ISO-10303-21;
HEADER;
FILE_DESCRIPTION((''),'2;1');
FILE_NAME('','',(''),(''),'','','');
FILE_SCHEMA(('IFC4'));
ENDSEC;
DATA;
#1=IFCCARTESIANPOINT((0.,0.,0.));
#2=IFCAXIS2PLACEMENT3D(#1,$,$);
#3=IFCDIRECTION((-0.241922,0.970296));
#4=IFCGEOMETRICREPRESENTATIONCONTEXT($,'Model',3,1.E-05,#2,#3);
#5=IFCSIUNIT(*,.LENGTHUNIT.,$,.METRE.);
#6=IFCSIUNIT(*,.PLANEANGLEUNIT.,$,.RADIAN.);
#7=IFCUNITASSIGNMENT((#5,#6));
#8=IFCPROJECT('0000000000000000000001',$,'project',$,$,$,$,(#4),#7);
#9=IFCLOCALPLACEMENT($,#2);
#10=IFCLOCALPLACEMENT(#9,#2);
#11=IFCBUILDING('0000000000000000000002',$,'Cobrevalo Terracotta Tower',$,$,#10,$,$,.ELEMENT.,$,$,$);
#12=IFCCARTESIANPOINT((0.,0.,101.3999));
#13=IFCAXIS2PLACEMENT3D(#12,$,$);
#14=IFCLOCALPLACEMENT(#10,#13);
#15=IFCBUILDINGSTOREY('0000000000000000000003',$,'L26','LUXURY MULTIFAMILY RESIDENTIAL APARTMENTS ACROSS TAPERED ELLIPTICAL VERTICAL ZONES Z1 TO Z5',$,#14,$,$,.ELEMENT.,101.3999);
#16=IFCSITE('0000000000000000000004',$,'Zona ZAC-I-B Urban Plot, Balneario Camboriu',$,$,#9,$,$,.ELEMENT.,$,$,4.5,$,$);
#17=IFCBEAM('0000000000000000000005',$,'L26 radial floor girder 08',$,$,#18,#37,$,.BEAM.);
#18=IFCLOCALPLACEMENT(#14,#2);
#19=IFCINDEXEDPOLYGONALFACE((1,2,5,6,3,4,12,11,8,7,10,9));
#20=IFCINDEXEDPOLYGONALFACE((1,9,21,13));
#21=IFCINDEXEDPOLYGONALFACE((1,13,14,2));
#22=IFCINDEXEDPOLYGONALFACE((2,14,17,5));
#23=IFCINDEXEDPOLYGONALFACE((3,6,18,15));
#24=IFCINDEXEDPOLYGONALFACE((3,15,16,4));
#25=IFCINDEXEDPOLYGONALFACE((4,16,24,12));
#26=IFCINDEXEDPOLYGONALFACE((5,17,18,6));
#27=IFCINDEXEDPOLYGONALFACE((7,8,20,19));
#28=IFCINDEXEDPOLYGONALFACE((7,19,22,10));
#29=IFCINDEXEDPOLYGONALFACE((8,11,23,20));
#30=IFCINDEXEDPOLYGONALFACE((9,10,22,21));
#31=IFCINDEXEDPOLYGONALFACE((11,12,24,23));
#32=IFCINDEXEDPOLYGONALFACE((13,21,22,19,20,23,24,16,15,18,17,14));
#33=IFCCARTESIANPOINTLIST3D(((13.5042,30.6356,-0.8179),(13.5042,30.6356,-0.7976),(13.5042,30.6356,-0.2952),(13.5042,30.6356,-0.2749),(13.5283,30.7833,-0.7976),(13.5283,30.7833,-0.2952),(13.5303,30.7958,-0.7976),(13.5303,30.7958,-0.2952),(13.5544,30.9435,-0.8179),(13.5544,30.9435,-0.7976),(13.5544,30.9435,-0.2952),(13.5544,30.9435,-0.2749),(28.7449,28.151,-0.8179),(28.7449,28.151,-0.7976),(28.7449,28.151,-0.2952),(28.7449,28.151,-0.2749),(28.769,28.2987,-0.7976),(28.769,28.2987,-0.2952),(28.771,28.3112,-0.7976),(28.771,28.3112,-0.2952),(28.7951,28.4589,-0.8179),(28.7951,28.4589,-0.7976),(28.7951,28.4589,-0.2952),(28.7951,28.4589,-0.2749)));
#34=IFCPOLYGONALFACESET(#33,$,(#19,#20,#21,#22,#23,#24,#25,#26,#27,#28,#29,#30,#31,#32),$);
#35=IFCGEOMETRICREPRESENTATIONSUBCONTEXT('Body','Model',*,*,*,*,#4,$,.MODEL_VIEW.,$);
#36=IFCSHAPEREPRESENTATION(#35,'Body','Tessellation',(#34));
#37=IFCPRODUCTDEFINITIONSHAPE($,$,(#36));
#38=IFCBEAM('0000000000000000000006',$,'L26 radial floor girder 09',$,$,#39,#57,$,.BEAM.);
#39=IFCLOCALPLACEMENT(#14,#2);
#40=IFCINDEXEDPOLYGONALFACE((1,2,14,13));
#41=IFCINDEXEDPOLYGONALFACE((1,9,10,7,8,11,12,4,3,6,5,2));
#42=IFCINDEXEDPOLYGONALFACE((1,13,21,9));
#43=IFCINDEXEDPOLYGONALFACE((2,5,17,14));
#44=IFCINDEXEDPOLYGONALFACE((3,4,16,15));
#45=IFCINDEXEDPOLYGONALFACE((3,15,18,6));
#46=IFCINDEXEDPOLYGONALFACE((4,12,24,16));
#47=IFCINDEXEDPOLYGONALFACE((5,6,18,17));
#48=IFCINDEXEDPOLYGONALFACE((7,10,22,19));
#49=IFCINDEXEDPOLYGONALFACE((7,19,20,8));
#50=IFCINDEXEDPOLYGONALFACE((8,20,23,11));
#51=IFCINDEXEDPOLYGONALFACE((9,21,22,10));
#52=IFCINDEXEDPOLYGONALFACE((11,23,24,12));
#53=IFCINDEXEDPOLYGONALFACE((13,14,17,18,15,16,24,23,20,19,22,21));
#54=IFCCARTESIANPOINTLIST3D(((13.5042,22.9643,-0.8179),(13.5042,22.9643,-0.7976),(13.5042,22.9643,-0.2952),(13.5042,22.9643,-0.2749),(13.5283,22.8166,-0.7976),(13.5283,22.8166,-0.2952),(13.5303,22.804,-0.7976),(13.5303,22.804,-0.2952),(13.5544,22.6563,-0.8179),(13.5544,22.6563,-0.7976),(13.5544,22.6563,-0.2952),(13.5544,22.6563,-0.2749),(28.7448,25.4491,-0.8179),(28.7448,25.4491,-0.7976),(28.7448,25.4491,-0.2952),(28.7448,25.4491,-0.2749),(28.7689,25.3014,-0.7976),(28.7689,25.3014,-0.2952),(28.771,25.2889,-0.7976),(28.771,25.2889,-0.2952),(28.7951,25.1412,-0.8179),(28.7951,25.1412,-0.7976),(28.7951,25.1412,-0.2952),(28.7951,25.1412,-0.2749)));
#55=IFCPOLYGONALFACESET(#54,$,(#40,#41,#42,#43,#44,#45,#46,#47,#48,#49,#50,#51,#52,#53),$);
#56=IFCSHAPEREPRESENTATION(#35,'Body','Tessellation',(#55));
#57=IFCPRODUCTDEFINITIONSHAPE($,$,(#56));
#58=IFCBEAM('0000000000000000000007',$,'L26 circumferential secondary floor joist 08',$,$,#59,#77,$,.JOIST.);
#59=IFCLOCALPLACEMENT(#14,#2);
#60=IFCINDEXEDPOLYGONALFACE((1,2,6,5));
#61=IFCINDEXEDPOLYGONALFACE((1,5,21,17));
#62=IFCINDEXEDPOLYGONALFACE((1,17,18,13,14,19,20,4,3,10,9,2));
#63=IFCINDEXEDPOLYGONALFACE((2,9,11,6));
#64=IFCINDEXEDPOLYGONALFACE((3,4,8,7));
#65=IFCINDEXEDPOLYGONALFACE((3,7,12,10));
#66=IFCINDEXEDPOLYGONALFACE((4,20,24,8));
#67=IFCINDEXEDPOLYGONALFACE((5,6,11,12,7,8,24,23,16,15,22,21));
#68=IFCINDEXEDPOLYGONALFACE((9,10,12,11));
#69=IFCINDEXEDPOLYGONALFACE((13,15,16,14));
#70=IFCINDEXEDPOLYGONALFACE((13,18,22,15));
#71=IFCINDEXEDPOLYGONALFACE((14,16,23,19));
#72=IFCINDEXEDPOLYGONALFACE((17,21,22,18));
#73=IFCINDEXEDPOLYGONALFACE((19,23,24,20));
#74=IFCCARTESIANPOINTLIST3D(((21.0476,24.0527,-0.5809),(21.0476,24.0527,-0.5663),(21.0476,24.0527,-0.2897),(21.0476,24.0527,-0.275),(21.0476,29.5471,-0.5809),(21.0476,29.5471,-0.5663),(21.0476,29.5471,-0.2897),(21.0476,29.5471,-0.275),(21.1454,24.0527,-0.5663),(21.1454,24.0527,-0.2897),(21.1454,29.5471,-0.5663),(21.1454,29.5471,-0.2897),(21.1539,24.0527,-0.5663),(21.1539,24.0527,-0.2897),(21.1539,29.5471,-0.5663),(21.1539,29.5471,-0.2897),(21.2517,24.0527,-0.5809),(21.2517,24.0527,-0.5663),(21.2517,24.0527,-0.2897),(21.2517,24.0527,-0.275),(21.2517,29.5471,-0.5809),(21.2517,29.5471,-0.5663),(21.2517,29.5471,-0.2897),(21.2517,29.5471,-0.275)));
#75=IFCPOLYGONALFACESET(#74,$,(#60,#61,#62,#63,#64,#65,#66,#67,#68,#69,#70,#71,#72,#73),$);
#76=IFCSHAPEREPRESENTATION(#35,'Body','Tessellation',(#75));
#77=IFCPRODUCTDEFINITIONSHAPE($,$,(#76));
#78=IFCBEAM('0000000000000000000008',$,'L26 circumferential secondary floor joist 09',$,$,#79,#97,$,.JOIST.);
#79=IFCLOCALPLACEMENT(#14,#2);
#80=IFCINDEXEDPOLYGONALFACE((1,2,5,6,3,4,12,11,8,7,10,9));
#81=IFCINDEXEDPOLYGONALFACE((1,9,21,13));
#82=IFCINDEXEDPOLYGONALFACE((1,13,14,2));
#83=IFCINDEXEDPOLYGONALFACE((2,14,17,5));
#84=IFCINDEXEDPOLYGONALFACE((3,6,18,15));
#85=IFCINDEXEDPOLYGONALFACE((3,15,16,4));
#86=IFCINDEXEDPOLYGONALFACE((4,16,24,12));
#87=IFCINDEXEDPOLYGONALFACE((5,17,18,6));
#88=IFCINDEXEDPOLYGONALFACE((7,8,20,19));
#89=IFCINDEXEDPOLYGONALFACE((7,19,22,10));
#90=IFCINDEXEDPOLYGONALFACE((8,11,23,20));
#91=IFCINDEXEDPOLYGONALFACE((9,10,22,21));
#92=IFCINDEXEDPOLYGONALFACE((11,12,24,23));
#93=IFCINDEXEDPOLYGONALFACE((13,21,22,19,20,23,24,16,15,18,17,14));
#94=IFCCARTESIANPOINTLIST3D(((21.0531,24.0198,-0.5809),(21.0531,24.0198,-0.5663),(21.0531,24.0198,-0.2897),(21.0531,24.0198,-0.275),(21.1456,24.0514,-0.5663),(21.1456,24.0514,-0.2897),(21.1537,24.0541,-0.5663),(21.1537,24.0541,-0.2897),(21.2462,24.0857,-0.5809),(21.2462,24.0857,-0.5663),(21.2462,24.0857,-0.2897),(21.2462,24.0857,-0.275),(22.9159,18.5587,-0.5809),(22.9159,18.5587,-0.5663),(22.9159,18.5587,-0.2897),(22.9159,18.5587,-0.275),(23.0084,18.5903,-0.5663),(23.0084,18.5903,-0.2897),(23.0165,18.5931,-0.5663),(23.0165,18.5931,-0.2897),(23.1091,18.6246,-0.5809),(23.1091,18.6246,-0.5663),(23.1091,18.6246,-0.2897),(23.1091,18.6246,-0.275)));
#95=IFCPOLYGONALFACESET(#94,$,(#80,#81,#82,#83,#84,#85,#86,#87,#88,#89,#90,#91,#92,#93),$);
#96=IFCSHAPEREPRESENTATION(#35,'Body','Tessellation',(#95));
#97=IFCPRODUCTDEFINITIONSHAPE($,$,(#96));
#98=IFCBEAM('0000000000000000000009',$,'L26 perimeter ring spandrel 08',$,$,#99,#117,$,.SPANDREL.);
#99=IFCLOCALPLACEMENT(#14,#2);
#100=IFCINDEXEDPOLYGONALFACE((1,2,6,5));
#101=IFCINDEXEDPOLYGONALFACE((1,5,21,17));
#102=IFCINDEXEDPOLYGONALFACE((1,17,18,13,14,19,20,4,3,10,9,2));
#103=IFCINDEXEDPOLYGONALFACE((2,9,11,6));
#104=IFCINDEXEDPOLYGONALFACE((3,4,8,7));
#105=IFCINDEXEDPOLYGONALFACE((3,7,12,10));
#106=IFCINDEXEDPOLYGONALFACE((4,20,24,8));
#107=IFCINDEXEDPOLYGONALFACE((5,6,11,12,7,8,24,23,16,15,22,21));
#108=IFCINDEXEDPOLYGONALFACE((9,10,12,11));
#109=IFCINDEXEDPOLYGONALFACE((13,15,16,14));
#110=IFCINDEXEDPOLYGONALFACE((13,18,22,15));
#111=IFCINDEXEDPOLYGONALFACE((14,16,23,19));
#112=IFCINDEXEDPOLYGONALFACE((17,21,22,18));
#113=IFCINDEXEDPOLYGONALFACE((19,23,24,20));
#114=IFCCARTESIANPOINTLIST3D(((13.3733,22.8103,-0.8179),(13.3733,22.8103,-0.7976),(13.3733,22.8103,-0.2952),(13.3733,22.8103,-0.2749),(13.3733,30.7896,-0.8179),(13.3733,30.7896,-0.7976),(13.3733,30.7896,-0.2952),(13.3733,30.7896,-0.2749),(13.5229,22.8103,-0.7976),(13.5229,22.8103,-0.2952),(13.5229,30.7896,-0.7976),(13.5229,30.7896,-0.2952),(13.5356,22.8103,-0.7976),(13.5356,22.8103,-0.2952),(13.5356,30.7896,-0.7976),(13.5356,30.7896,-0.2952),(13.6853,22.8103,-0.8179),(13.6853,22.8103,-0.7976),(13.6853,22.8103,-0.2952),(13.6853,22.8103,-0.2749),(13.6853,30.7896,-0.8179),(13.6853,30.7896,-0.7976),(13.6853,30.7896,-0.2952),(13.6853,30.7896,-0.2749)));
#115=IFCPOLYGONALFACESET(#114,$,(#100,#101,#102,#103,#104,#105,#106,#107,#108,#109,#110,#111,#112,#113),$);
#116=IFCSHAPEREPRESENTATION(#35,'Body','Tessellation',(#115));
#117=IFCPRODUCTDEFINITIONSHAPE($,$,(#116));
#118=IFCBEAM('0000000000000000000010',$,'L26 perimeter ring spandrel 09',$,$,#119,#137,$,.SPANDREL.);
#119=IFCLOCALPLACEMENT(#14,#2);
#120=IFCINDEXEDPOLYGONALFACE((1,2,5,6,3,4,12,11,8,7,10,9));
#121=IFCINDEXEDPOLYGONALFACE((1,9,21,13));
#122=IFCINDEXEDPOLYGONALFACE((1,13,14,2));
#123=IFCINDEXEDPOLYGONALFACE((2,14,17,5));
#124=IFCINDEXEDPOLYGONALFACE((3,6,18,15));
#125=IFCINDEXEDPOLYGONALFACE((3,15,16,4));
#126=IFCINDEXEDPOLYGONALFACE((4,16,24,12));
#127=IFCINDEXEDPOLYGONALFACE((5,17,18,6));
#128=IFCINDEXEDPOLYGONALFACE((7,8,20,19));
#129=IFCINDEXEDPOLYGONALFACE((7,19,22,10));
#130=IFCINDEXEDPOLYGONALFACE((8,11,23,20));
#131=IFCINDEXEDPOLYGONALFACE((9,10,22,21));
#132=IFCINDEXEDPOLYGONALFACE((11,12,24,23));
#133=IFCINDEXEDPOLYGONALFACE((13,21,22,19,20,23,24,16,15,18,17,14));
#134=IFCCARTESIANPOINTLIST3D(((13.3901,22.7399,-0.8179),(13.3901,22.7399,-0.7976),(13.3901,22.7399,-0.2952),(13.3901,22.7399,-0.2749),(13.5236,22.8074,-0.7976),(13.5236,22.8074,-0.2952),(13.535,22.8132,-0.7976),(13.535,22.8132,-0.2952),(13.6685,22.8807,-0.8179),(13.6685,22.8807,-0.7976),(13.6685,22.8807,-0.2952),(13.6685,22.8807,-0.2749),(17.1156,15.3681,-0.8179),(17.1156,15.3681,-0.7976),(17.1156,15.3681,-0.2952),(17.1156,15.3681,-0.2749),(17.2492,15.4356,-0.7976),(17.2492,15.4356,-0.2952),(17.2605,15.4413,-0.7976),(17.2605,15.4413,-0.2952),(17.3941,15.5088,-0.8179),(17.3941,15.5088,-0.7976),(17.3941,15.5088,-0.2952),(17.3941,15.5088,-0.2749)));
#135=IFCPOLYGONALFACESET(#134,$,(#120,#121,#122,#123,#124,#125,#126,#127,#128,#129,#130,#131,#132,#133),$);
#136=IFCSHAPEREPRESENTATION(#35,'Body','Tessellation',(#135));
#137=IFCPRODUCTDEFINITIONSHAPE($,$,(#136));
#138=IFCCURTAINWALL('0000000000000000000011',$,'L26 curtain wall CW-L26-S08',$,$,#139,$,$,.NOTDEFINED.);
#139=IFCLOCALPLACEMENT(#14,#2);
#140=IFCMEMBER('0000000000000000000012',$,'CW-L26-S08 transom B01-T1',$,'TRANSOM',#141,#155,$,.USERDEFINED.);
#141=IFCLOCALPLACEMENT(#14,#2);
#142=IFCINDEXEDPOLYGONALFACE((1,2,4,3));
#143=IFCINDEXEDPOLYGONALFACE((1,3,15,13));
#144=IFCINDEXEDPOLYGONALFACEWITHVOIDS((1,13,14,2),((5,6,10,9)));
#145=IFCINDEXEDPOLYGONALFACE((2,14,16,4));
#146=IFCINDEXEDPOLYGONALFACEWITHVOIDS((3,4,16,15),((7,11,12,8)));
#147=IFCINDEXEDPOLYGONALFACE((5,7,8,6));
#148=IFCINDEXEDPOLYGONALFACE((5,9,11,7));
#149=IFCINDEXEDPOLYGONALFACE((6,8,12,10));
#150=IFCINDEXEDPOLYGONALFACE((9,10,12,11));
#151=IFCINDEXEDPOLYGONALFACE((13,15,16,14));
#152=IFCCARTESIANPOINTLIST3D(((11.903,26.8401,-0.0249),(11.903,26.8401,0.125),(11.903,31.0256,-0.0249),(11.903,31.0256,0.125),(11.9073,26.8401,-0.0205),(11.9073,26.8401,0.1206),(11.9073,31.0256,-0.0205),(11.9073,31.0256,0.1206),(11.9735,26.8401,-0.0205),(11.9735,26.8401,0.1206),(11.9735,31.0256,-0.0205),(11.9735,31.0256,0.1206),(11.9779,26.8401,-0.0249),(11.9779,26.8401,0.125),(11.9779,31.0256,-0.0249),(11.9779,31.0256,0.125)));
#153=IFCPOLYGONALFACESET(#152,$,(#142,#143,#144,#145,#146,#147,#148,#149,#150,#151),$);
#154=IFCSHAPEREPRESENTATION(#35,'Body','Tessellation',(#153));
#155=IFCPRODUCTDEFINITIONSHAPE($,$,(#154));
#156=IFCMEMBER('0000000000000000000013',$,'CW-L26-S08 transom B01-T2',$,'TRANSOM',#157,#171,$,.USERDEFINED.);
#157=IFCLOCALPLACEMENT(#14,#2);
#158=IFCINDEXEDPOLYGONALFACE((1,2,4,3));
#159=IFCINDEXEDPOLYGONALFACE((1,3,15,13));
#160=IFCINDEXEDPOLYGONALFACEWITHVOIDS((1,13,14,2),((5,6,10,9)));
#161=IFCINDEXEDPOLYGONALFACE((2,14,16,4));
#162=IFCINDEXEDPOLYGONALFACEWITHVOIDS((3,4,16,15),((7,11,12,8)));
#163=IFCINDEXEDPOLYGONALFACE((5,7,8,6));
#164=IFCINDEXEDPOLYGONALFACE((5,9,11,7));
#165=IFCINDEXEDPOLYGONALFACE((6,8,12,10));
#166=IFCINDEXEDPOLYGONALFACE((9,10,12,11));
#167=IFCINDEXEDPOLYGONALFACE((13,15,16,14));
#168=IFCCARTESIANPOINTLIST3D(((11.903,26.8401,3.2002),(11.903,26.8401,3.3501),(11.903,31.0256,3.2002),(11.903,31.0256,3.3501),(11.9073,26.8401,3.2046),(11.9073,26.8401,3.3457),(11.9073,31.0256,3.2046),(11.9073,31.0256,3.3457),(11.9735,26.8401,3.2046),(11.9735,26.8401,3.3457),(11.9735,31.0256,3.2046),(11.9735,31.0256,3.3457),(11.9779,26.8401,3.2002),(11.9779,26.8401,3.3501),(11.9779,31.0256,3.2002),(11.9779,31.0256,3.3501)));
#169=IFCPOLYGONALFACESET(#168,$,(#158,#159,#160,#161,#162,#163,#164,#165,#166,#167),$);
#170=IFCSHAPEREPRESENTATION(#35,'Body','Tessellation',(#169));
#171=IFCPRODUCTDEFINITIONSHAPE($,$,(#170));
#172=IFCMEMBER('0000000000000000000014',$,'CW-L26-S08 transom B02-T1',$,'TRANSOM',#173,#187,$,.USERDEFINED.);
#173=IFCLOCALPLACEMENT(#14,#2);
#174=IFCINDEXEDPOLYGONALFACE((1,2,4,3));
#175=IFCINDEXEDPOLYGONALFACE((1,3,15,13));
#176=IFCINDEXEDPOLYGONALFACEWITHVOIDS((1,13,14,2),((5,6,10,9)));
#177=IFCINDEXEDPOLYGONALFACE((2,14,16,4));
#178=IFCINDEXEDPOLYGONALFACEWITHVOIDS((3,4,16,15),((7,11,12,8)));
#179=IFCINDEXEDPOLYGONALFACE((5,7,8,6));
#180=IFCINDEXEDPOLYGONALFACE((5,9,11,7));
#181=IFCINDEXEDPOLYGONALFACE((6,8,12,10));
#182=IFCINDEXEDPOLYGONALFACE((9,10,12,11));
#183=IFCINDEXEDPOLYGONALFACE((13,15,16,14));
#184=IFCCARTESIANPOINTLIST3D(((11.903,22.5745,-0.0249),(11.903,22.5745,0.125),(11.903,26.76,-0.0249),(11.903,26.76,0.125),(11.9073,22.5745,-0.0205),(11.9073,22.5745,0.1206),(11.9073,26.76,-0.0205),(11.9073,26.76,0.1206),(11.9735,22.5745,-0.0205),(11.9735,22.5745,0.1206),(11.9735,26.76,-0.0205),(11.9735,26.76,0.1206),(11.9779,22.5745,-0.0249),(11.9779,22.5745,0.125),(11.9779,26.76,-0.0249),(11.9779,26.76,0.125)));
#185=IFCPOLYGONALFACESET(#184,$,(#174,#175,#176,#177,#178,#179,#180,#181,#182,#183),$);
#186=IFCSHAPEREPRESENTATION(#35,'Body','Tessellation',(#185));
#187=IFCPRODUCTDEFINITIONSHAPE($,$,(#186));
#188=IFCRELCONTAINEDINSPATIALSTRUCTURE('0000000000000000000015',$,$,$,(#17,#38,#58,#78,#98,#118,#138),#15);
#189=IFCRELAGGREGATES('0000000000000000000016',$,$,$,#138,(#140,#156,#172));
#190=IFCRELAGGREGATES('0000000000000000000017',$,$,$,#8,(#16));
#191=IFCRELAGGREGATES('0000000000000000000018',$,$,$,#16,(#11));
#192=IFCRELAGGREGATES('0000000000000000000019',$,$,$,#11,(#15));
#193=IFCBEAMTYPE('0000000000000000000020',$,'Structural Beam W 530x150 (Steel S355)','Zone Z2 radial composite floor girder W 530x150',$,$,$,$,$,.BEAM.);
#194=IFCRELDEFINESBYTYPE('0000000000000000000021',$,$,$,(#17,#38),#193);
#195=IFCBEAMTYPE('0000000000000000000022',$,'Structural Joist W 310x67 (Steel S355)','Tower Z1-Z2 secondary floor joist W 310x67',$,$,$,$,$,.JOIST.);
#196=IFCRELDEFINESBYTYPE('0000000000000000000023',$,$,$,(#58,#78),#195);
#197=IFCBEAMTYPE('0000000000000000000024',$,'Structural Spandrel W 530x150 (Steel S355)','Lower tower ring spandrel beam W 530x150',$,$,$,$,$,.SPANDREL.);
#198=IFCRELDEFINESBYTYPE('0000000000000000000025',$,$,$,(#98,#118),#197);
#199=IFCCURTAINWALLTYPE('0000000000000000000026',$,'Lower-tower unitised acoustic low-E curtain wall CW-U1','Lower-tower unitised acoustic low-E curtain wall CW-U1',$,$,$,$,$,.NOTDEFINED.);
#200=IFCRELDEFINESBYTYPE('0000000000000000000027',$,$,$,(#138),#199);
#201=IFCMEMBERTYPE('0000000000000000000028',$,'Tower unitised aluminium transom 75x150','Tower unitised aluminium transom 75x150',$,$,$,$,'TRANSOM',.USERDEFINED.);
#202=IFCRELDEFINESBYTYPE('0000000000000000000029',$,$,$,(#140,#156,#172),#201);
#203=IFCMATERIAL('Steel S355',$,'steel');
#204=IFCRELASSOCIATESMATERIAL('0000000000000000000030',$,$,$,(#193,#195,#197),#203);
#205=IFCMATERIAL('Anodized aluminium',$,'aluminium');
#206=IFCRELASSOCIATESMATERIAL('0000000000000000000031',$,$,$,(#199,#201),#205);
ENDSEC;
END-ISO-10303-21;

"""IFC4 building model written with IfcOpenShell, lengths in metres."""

from ifc_helpers import new_model, si_unit, direction, frame, origin, origin_2d, place, context, subcontext, project, spatial, hollow_rectangle, i_section, extrude, source, transform, mapped, material, material_profile, profile_set, type_object, element, aggregate, save


model = new_model("IFC4")

# Units and contexts
model_context = context("Model", 3, precision=1e-05, world=origin(), true_north=direction((-0.241922, 0.970296)))
body_context = subcontext(model_context, "Body", "Model", "MODEL_VIEW")
ifc_project = project(units=[si_unit("LENGTHUNIT", "METRE"), si_unit("PLANEANGLEUNIT", "RADIAN")], contexts=[model_context])

# Site, building, storey
site_placement = place(None, origin())
site = spatial("IfcSite", under=ifc_project, at=site_placement, Name="Zona ZAC-I-B Urban Plot, Balneario Camboriu", CompositionType="ELEMENT", RefElevation=4.5)
building_placement = place(site_placement, origin())
building = spatial("IfcBuilding", under=site, at=building_placement, Name="Cobrevalo Terracotta Tower", CompositionType="ELEMENT")
storey_placement = place(building_placement, frame((0.0, 0.0, 101.3999)))
storey = spatial("IfcBuildingStorey", under=building, at=storey_placement, Name="L26", Description="LUXURY MULTIFAMILY RESIDENTIAL APARTMENTS ACROSS TAPERED ELLIPTICAL VERTICAL ZONES Z1 TO Z5", CompositionType="ELEMENT", Elevation=101.3999)

# Shared definitions
ifc_material_1 = material(Name="Steel S355", Category="steel")

# Beams
ifc_material_profile_1 = material_profile(ifc_material_1, i_section(OverallWidth=0.312, OverallDepth=0.543, WebThickness=0.0127, FlangeThickness=0.0203, at=origin_2d()), Name="W 530x150")
ifc_profile_set_1 = profile_set([ifc_material_profile_1], Name="Steel S355")
beam_type_1 = type_object("IfcBeamType", Name="Structural Beam W 530x150 (Steel S355)", Description="Zone Z2 radial composite floor girder W 530x150", PredefinedType="BEAM", material=ifc_profile_set_1)
for number, where, z_axis, x_axis, name in (
    (1, (13.5293, 30.7896, -0.5464), (0.986971, -0.160901, 0.0), (0.160901, 0.986971, 0.0), "L26 radial floor girder 08"),
    (2, (13.5293, 22.8103, -0.5464), (0.986968, 0.160916, 0.0), (-0.160916, 0.986968, 0.0), "L26 radial floor girder 09"),
):
    element("IfcBeam", number, at=place(storey_placement, frame(where, z_axis=z_axis, x_axis=x_axis)), inside=storey, type_object=beam_type_1, Name=name, PredefinedType="BEAM", context=body_context, shape_type="SweptSolid", body=[
        extrude(i_section(OverallWidth=0.312, OverallDepth=0.543, WebThickness=0.0127, FlangeThickness=0.0203, at=origin_2d()), origin(), (0.0, 0.0, 1.0), 15.4419),
    ])
ifc_material_profile_2 = material_profile(ifc_material_1, i_section(OverallWidth=0.2041, OverallDepth=0.3059, WebThickness=0.0085, FlangeThickness=0.0146, at=origin_2d()), Name="W 310x67")
ifc_profile_set_2 = profile_set([ifc_material_profile_2], Name="Steel S355")
beam_type_2 = type_object("IfcBeamType", Name="Structural Joist W 310x67 (Steel S355)", Description="Tower Z1-Z2 secondary floor joist W 310x67", PredefinedType="JOIST", material=ifc_profile_set_2)
beam_1_placement = place(storey_placement, frame((21.1497, 29.5471, -0.428), z_axis=(0.0, -1.0, 0.0), x_axis=(1.0, 0.0, 0.0)))
element("IfcBeam", 3, at=beam_1_placement, inside=storey, type_object=beam_type_2, Name="L26 circumferential secondary floor joist 08", PredefinedType="JOIST", context=body_context, shape_type="SweptSolid", body=[
    extrude(i_section(OverallWidth=0.2041, OverallDepth=0.3059, WebThickness=0.0085, FlangeThickness=0.0146, at=origin_2d()), origin(), (0.0, 0.0, 1.0), 5.4944),
])
beam_2_placement = place(storey_placement, frame((21.1497, 24.0527, -0.428), z_axis=(0.322846, -0.946451, 0.0), x_axis=(0.946451, 0.322846, 0.0)))
element("IfcBeam", 4, at=beam_2_placement, inside=storey, type_object=beam_type_2, Name="L26 circumferential secondary floor joist 09", PredefinedType="JOIST", context=body_context, shape_type="SweptSolid", body=[
    extrude(i_section(OverallWidth=0.2041, OverallDepth=0.3059, WebThickness=0.0085, FlangeThickness=0.0146, at=origin_2d()), origin(), (0.0, 0.0, 1.0), 5.77),
])
ifc_material_profile_3 = material_profile(ifc_material_1, i_section(OverallWidth=0.312, OverallDepth=0.543, WebThickness=0.0127, FlangeThickness=0.0203, at=origin_2d()), Name="W 530x150")
ifc_profile_set_3 = profile_set([ifc_material_profile_3], Name="Steel S355")
beam_type_3 = type_object("IfcBeamType", Name="Structural Spandrel W 530x150 (Steel S355)", Description="Lower tower ring spandrel beam W 530x150", PredefinedType="SPANDREL", material=ifc_profile_set_3)
beam_3_placement = place(storey_placement, frame((13.5293, 30.7896, -0.5464), z_axis=(0.0, -1.0, 0.0), x_axis=(1.0, 0.0, 0.0)))
element("IfcBeam", 5, at=beam_3_placement, inside=storey, type_object=beam_type_3, Name="L26 perimeter ring spandrel 08", PredefinedType="SPANDREL", context=body_context, shape_type="SweptSolid", body=[
    extrude(i_section(OverallWidth=0.312, OverallDepth=0.543, WebThickness=0.0127, FlangeThickness=0.0203, at=origin_2d()), origin(), (0.0, 0.0, 1.0), 7.9792),
])
beam_4_placement = place(storey_placement, frame((13.5293, 22.8103, -0.5464), z_axis=(0.451052, -0.892498, 0.0), x_axis=(0.892498, 0.451052, 0.0)))
element("IfcBeam", 6, at=beam_4_placement, inside=storey, type_object=beam_type_3, Name="L26 perimeter ring spandrel 09", PredefinedType="SPANDREL", context=body_context, shape_type="SweptSolid", body=[
    extrude(i_section(OverallWidth=0.312, OverallDepth=0.543, WebThickness=0.0127, FlangeThickness=0.0203, at=origin_2d()), origin(), (0.0, 0.0, 1.0), 8.2598),
])

# Curtain wall, members
ifc_material_2 = material(Name="Anodized aluminium", Category="aluminium")
curtain_wall_type = type_object("IfcCurtainWallType", Name="Lower-tower unitised acoustic low-E curtain wall CW-U1", Description="Lower-tower unitised acoustic low-E curtain wall CW-U1", PredefinedType="NOTDEFINED", material=ifc_material_2)
curtain_wall_placement = place(storey_placement, origin())
curtain_wall = element("IfcCurtainWall", 7, at=curtain_wall_placement, inside=storey, type_object=curtain_wall_type, Name="L26 curtain wall CW-L26-S08", PredefinedType="NOTDEFINED")
ifc_material_profile_4 = material_profile(ifc_material_2, hollow_rectangle(XDim=0.075, YDim=0.1499, WallThickness=0.0044, at=origin_2d()), Name="CWT 75x150")
ifc_profile_set_4 = profile_set([ifc_material_profile_4], Name="Anodized aluminium")
member_type_1 = type_object("IfcMemberType", Name="Tower unitised aluminium transom 75x150", Description="Tower unitised aluminium transom 75x150", ElementType="TRANSOM", PredefinedType="USERDEFINED", material=ifc_profile_set_4)
shared_shape_1 = source(origin(), body_context, "Body", "SweptSolid", [
    extrude(hollow_rectangle(XDim=0.075, YDim=0.1499, WallThickness=0.0044, at=origin_2d()), origin(), (0.0, 0.0, 1.0), 4.1855),
])
member_1_placement = place(storey_placement, frame((11.9404, 31.0256, 0.05), z_axis=(0.0, -1.0, 0.0), x_axis=(1.0, 0.0, 0.0)))
member_1 = element("IfcMember", 8, at=member_1_placement, type_object=member_type_1, Name="CW-L26-S08 transom B01-T1", ObjectType="TRANSOM", PredefinedType="USERDEFINED", context=body_context, shape_type="MappedRepresentation", body=[
    mapped(shared_shape_1, transform((0.0, 0.0, 0.0), scale=1.0)),
])
member_2_placement = place(storey_placement, frame((11.9404, 31.0256, 3.2751), z_axis=(0.0, -1.0, 0.0), x_axis=(1.0, 0.0, 0.0)))
member_2 = element("IfcMember", 9, at=member_2_placement, type_object=member_type_1, Name="CW-L26-S08 transom B01-T2", ObjectType="TRANSOM", PredefinedType="USERDEFINED", context=body_context, shape_type="MappedRepresentation", body=[
    mapped(shared_shape_1, transform((0.0, 0.0, 0.0), scale=1.0)),
])
member_3_placement = place(storey_placement, frame((11.9404, 26.76, 0.05), z_axis=(0.0, -1.0, 0.0), x_axis=(1.0, 0.0, 0.0)))
member_3 = element("IfcMember", 10, at=member_3_placement, type_object=member_type_1, Name="CW-L26-S08 transom B02-T1", ObjectType="TRANSOM", PredefinedType="USERDEFINED", context=body_context, shape_type="MappedRepresentation", body=[
    mapped(shared_shape_1, transform((0.0, 0.0, 0.0), scale=1.0)),
])
aggregate(curtain_wall, [member_1, member_2, member_3])

save(model, "model.ifc")
